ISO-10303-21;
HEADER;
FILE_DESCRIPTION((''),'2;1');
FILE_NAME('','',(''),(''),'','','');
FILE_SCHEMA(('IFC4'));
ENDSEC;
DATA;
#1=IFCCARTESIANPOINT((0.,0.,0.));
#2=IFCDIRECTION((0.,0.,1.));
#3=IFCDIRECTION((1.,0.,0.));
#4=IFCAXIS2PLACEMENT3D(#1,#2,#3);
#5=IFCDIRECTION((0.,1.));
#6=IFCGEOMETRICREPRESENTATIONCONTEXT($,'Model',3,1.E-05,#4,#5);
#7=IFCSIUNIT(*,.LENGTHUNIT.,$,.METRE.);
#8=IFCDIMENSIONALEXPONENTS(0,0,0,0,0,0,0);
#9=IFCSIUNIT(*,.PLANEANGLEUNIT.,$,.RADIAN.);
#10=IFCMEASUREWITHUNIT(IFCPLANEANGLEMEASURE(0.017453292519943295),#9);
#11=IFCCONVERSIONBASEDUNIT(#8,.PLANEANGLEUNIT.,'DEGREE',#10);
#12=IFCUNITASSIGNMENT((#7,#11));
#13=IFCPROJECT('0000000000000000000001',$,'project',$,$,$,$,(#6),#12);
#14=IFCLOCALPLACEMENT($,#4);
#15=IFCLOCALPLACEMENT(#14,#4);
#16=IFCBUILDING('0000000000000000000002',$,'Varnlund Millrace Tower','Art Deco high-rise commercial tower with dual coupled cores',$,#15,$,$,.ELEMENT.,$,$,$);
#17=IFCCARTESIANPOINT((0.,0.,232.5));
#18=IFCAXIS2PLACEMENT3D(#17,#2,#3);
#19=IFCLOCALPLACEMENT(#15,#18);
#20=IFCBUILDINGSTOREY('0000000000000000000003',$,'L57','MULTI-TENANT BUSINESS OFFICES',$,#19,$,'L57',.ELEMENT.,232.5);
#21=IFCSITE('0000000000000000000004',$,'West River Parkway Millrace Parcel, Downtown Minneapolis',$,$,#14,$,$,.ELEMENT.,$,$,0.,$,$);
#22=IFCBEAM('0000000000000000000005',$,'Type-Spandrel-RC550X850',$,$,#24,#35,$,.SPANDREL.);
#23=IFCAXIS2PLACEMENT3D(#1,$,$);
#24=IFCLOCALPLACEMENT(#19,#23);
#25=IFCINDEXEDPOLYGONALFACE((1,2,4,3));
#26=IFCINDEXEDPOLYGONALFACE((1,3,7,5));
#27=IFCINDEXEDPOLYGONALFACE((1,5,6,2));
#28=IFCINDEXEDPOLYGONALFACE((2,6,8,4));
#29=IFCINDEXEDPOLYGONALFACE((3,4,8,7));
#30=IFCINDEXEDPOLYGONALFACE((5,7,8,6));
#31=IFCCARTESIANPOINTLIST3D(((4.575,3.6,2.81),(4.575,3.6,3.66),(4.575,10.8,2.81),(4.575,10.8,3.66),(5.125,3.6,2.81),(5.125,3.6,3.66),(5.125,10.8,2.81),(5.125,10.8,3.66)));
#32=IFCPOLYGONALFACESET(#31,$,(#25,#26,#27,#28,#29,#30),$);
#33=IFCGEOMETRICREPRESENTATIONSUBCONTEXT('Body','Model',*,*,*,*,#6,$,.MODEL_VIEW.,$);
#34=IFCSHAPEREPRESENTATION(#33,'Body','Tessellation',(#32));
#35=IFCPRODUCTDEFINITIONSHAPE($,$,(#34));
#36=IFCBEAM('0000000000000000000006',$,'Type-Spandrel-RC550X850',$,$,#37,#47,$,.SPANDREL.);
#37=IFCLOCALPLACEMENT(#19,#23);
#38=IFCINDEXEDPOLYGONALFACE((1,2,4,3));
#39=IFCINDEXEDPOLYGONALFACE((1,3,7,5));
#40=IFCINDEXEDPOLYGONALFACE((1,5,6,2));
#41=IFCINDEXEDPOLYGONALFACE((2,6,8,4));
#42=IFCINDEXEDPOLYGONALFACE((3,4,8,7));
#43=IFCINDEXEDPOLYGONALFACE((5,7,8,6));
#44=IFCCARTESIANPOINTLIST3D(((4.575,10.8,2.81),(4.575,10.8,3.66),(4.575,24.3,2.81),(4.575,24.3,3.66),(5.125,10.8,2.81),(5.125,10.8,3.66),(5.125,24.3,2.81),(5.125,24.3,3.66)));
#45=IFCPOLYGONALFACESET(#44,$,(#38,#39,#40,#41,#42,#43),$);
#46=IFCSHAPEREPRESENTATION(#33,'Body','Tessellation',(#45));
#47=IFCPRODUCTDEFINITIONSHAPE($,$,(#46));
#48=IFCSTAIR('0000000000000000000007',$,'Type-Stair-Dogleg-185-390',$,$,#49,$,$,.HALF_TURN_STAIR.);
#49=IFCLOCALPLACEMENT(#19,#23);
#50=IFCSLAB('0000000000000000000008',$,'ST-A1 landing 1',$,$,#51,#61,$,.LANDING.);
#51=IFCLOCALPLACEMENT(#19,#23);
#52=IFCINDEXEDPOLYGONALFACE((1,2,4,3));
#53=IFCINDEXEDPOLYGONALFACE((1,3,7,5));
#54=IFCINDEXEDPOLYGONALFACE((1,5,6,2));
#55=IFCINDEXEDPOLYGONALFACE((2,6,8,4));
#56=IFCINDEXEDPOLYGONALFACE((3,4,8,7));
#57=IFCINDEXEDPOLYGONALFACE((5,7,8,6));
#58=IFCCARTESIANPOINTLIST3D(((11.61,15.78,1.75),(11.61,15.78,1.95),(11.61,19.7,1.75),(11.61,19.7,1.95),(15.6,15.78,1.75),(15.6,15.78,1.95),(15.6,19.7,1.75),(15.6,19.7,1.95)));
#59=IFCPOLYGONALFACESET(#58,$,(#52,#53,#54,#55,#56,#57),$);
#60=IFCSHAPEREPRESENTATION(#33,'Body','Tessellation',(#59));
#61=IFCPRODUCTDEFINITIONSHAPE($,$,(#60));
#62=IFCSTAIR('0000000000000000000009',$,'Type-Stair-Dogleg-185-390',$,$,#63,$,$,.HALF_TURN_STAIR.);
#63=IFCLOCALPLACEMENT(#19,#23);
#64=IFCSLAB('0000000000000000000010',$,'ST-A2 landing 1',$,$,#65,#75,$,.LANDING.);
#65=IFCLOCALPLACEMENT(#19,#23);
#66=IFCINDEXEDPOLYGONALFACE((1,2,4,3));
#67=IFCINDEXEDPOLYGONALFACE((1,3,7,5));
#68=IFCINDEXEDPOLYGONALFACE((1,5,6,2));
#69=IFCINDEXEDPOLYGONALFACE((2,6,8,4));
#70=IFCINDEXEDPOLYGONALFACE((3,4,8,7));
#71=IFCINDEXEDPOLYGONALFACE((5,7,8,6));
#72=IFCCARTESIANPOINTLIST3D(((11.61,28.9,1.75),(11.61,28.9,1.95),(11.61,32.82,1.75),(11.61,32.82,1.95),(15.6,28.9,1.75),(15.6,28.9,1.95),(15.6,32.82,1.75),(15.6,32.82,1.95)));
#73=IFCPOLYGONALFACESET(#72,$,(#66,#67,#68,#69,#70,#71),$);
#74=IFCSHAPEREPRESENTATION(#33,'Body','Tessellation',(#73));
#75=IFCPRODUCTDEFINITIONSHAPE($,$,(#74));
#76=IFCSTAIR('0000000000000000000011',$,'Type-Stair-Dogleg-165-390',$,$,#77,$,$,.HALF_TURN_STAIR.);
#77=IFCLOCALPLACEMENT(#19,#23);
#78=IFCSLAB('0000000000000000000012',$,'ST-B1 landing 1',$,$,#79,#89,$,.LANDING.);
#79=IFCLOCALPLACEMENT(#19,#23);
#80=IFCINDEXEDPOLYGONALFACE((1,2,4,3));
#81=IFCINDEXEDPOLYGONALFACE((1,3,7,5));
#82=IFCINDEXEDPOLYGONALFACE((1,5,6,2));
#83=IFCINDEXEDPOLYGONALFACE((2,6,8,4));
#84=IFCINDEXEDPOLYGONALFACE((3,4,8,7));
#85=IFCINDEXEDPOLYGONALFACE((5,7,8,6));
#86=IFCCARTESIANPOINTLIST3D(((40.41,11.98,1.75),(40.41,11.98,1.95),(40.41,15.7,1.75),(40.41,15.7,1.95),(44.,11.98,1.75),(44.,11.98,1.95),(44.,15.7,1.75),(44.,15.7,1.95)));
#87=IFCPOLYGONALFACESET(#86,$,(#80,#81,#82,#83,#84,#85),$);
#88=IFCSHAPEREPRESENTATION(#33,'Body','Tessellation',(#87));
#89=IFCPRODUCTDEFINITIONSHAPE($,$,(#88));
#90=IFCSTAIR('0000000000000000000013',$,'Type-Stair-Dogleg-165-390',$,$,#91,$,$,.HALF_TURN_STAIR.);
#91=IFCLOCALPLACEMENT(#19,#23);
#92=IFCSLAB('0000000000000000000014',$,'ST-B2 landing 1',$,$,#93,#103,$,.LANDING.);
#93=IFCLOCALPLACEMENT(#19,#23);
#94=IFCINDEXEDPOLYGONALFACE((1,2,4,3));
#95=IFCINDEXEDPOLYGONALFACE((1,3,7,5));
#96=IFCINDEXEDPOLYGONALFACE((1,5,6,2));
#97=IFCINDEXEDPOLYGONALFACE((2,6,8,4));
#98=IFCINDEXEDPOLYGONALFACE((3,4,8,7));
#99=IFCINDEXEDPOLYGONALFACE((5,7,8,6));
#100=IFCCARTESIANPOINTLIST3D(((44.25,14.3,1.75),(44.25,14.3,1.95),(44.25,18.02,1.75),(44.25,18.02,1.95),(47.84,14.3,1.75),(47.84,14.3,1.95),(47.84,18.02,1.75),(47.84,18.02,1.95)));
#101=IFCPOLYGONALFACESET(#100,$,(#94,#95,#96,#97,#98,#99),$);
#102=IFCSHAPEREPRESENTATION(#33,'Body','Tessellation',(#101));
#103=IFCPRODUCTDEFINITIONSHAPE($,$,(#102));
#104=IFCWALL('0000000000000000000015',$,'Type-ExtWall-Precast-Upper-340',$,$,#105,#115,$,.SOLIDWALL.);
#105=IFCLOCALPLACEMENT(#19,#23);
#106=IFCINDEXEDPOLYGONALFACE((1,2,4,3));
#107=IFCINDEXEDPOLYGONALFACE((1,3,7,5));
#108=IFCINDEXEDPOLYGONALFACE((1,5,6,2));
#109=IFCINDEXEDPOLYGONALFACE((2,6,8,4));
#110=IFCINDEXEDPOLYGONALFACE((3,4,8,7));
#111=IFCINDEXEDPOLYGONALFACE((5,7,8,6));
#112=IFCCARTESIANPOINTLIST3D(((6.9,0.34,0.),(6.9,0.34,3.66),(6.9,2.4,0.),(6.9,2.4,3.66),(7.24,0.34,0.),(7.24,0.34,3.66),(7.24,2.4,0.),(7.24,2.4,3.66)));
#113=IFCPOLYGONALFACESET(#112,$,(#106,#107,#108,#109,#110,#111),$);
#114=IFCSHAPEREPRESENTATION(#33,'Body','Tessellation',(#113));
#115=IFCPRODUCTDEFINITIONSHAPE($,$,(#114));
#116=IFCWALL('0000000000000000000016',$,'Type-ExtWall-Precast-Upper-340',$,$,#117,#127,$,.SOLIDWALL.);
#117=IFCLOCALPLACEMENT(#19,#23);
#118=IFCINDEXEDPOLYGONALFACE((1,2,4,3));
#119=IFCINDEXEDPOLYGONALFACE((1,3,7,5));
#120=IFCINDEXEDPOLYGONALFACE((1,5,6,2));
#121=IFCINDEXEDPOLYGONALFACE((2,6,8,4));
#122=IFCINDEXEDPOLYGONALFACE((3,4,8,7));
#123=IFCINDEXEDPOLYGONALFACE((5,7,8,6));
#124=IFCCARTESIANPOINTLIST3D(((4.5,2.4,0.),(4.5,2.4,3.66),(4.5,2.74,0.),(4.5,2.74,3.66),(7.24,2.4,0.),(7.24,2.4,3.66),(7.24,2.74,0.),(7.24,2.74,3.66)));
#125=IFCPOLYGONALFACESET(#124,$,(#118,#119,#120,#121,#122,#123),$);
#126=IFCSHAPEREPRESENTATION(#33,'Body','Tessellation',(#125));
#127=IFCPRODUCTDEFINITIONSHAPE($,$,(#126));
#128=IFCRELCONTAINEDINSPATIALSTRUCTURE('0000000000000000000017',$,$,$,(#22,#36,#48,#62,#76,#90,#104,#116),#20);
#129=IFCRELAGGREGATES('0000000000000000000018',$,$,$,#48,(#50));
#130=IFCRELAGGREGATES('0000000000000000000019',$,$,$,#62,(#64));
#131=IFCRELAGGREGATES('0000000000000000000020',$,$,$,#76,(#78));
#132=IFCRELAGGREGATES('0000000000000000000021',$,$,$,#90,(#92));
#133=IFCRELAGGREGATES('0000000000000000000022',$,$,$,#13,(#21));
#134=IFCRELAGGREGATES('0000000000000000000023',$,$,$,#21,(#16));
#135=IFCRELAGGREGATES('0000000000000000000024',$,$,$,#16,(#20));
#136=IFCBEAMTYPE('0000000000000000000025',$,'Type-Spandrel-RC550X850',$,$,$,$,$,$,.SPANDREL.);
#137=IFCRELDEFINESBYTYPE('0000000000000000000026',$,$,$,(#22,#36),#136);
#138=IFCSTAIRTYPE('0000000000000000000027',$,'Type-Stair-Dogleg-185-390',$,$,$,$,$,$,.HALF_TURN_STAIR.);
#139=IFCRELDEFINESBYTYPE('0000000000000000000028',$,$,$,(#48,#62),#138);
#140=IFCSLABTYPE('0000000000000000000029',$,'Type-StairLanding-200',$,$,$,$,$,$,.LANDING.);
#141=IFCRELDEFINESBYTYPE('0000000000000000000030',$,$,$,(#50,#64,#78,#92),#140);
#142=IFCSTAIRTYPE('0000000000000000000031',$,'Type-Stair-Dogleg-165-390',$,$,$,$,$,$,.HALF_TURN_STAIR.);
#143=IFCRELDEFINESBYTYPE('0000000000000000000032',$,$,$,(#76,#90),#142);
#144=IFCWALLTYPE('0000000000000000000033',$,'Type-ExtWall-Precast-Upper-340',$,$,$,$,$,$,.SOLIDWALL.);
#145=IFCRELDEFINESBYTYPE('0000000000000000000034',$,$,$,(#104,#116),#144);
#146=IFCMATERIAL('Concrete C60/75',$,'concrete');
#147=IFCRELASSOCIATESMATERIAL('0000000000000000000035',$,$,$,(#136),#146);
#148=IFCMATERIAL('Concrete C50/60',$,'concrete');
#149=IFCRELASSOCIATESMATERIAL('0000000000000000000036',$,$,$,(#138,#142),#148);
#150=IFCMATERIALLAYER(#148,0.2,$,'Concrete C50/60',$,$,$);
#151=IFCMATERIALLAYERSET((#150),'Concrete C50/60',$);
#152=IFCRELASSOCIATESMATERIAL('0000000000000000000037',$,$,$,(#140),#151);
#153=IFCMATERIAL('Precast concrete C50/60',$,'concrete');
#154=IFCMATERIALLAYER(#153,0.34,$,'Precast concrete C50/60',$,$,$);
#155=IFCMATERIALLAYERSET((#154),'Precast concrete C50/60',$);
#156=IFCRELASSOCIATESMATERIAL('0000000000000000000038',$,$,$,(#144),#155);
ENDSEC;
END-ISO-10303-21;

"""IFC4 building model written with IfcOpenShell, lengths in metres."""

from ifc_helpers import new_model, entity, si_unit, converted_unit, direction, frame, origin_with_axes, origin_2d_with_axis, place, context, subcontext, project, spatial, polyline, rectangle, outline, extrude, material, layer, layer_set, material_profile, profile_set, type_object, element, aggregate, save


model = new_model("IFC4")

# Units and contexts
model_context = context("Model", 3, precision=1e-05, world=origin_with_axes(), true_north=direction((0.0, 1.0)))
body_context = subcontext(model_context, "Body", "Model", "MODEL_VIEW")
ifc_project = project(units=[si_unit("LENGTHUNIT", "METRE"), converted_unit("PLANEANGLEUNIT", "DEGREE", entity("IfcPlaneAngleMeasure", 0.017453292519943295), si_unit("PLANEANGLEUNIT", "RADIAN"), dimensions=[0, 0, 0, 0, 0, 0, 0])], contexts=[model_context])

# Site, building, storey
site_placement = place(None, origin_with_axes())
site = spatial("IfcSite", under=ifc_project, at=site_placement, Name="West River Parkway Millrace Parcel, Downtown Minneapolis", CompositionType="ELEMENT", RefElevation=0.0)
building_placement = place(site_placement, origin_with_axes())
building = spatial("IfcBuilding", under=site, at=building_placement, Name="Varnlund Millrace Tower", Description="Art Deco high-rise commercial tower with dual coupled cores", CompositionType="ELEMENT")
storey_placement = place(building_placement, frame((0.0, 0.0, 232.5), z_axis=(0.0, 0.0, 1.0), x_axis=(1.0, 0.0, 0.0)))
storey = spatial("IfcBuildingStorey", under=building, at=storey_placement, Name="L57", Description="MULTI-TENANT BUSINESS OFFICES", LongName="L57", CompositionType="ELEMENT", Elevation=232.5)

# Beams
ifc_material_1 = material(Name="Concrete C60/75", Category="concrete")
ifc_material_profile_1 = material_profile(ifc_material_1, rectangle(XDim=0.55, YDim=0.85, at=origin_2d_with_axis()), Name="Concrete C60/75")
ifc_profile_set_1 = profile_set([ifc_material_profile_1], Name="Concrete C60/75")
beam_type_1 = type_object("IfcBeamType", Name="Type-Spandrel-RC550X850", PredefinedType="SPANDREL", material=ifc_profile_set_1)
beam_1_placement = place(storey_placement, frame((4.85, 3.6, 3.235), z_axis=(0.0, 1.0, 0.0), x_axis=(-1.0, 0.0, 0.0)))
element("IfcBeam", 1, at=beam_1_placement, inside=storey, type_object=beam_type_1, Name="Type-Spandrel-RC550X850", PredefinedType="SPANDREL", context=body_context, shape_type="SweptSolid", body=[
    extrude(rectangle(XDim=0.55, YDim=0.85, at=origin_2d_with_axis()), origin_with_axes(), (0.0, 0.0, 1.0), 7.2),
])
beam_2_placement = place(storey_placement, frame((4.85, 10.8, 3.235), z_axis=(0.0, 1.0, 0.0), x_axis=(-1.0, 0.0, 0.0)))
element("IfcBeam", 2, at=beam_2_placement, inside=storey, type_object=beam_type_1, Name="Type-Spandrel-RC550X850", PredefinedType="SPANDREL", context=body_context, shape_type="SweptSolid", body=[
    extrude(rectangle(XDim=0.55, YDim=0.85, at=origin_2d_with_axis()), origin_with_axes(), (0.0, 0.0, 1.0), 13.5),
])

# Stairs, slabs
ifc_material_2 = material(Name="Concrete C50/60", Category="concrete")
stair_type_1 = type_object("IfcStairType", Name="Type-Stair-Dogleg-185-390", PredefinedType="HALF_TURN_STAIR", material=ifc_material_2)
stair_1_placement = place(storey_placement, origin_with_axes())
stair_1 = element("IfcStair", 3, at=stair_1_placement, inside=storey, type_object=stair_type_1, Name="Type-Stair-Dogleg-185-390", PredefinedType="HALF_TURN_STAIR")
ifc_layer_1 = layer(ifc_material_2, 0.2, Name="Concrete C50/60")
ifc_layer_set_1 = layer_set([ifc_layer_1], Name="Concrete C50/60")
slab_type = type_object("IfcSlabType", Name="Type-StairLanding-200", PredefinedType="LANDING", material=ifc_layer_set_1)
slab_1_placement = place(storey_placement, frame((0.0, 0.0, 1.75), z_axis=(0.0, 0.0, 1.0), x_axis=(1.0, 0.0, 0.0)))
slab_1 = element("IfcSlab", 4, at=slab_1_placement, type_object=slab_type, Name="ST-A1 landing 1", PredefinedType="LANDING", context=body_context, shape_type="SweptSolid", body=[
    extrude(outline(polyline([(15.6, 15.78), (15.6, 19.7), (11.61, 19.7), (11.61, 15.78), (15.6, 15.78)])), origin_with_axes(), (0.0, 0.0, 1.0), 0.2),
])
aggregate(stair_1, [slab_1])
stair_2_placement = place(storey_placement, origin_with_axes())
stair_2 = element("IfcStair", 5, at=stair_2_placement, inside=storey, type_object=stair_type_1, Name="Type-Stair-Dogleg-185-390", PredefinedType="HALF_TURN_STAIR")
slab_2_placement = place(storey_placement, frame((0.0, 0.0, 1.75), z_axis=(0.0, 0.0, 1.0), x_axis=(1.0, 0.0, 0.0)))
slab_2 = element("IfcSlab", 6, at=slab_2_placement, type_object=slab_type, Name="ST-A2 landing 1", PredefinedType="LANDING", context=body_context, shape_type="SweptSolid", body=[
    extrude(outline(polyline([(11.61, 32.82), (11.61, 28.9), (15.6, 28.9), (15.6, 32.82), (11.61, 32.82)])), origin_with_axes(), (0.0, 0.0, 1.0), 0.2),
])
aggregate(stair_2, [slab_2])
stair_type_2 = type_object("IfcStairType", Name="Type-Stair-Dogleg-165-390", PredefinedType="HALF_TURN_STAIR", material=ifc_material_2)
stair_3_placement = place(storey_placement, origin_with_axes())
stair_3 = element("IfcStair", 7, at=stair_3_placement, inside=storey, type_object=stair_type_2, Name="Type-Stair-Dogleg-165-390", PredefinedType="HALF_TURN_STAIR")
slab_3_placement = place(storey_placement, frame((0.0, 0.0, 1.75), z_axis=(0.0, 0.0, 1.0), x_axis=(1.0, 0.0, 0.0)))
slab_3 = element("IfcSlab", 8, at=slab_3_placement, type_object=slab_type, Name="ST-B1 landing 1", PredefinedType="LANDING", context=body_context, shape_type="SweptSolid", body=[
    extrude(outline(polyline([(44.0, 11.98), (44.0, 15.7), (40.41, 15.7), (40.41, 11.98), (44.0, 11.98)])), origin_with_axes(), (0.0, 0.0, 1.0), 0.2),
])
aggregate(stair_3, [slab_3])
stair_4_placement = place(storey_placement, origin_with_axes())
stair_4 = element("IfcStair", 9, at=stair_4_placement, inside=storey, type_object=stair_type_2, Name="Type-Stair-Dogleg-165-390", PredefinedType="HALF_TURN_STAIR")
slab_4_placement = place(storey_placement, frame((0.0, 0.0, 1.75), z_axis=(0.0, 0.0, 1.0), x_axis=(1.0, 0.0, 0.0)))
slab_4 = element("IfcSlab", 10, at=slab_4_placement, type_object=slab_type, Name="ST-B2 landing 1", PredefinedType="LANDING", context=body_context, shape_type="SweptSolid", body=[
    extrude(outline(polyline([(44.25, 18.02), (44.25, 14.3), (47.84, 14.3), (47.84, 18.02), (44.25, 18.02)])), origin_with_axes(), (0.0, 0.0, 1.0), 0.2),
])
aggregate(stair_4, [slab_4])

# Walls
ifc_material_3 = material(Name="Precast concrete C50/60", Category="concrete")
ifc_layer_2 = layer(ifc_material_3, 0.34, Name="Precast concrete C50/60")
ifc_layer_set_2 = layer_set([ifc_layer_2], Name="Precast concrete C50/60")
wall_type = type_object("IfcWallType", Name="Type-ExtWall-Precast-Upper-340", PredefinedType="SOLIDWALL", material=ifc_layer_set_2)
wall_1_placement = place(storey_placement, frame((7.07, 0.34, 0.0), z_axis=(0.0, 0.0, 1.0), x_axis=(0.0, 1.0, 0.0)))
element("IfcWall", 11, at=wall_1_placement, inside=storey, type_object=wall_type, Name="Type-ExtWall-Precast-Upper-340", PredefinedType="SOLIDWALL", context=body_context, shape_type="SweptSolid", body=[
    extrude(outline(polyline([(0.0, -0.17), (2.06, -0.17), (2.06, 0.17), (0.0, 0.17), (0.0, -0.17)])), origin_with_axes(), (0.0, 0.0, 1.0), 3.66),
])
wall_2_placement = place(storey_placement, frame((7.24, 2.57, 0.0), z_axis=(0.0, 0.0, 1.0), x_axis=(-1.0, 0.0, 0.0)))
element("IfcWall", 12, at=wall_2_placement, inside=storey, type_object=wall_type, Name="Type-ExtWall-Precast-Upper-340", PredefinedType="SOLIDWALL", context=body_context, shape_type="SweptSolid", body=[
    extrude(outline(polyline([(0.0, -0.17), (2.74, -0.17), (2.74, 0.17), (0.0, 0.17), (0.0, -0.17)])), origin_with_axes(), (0.0, 0.0, 1.0), 3.66),
])

save(model, "model.ifc")
